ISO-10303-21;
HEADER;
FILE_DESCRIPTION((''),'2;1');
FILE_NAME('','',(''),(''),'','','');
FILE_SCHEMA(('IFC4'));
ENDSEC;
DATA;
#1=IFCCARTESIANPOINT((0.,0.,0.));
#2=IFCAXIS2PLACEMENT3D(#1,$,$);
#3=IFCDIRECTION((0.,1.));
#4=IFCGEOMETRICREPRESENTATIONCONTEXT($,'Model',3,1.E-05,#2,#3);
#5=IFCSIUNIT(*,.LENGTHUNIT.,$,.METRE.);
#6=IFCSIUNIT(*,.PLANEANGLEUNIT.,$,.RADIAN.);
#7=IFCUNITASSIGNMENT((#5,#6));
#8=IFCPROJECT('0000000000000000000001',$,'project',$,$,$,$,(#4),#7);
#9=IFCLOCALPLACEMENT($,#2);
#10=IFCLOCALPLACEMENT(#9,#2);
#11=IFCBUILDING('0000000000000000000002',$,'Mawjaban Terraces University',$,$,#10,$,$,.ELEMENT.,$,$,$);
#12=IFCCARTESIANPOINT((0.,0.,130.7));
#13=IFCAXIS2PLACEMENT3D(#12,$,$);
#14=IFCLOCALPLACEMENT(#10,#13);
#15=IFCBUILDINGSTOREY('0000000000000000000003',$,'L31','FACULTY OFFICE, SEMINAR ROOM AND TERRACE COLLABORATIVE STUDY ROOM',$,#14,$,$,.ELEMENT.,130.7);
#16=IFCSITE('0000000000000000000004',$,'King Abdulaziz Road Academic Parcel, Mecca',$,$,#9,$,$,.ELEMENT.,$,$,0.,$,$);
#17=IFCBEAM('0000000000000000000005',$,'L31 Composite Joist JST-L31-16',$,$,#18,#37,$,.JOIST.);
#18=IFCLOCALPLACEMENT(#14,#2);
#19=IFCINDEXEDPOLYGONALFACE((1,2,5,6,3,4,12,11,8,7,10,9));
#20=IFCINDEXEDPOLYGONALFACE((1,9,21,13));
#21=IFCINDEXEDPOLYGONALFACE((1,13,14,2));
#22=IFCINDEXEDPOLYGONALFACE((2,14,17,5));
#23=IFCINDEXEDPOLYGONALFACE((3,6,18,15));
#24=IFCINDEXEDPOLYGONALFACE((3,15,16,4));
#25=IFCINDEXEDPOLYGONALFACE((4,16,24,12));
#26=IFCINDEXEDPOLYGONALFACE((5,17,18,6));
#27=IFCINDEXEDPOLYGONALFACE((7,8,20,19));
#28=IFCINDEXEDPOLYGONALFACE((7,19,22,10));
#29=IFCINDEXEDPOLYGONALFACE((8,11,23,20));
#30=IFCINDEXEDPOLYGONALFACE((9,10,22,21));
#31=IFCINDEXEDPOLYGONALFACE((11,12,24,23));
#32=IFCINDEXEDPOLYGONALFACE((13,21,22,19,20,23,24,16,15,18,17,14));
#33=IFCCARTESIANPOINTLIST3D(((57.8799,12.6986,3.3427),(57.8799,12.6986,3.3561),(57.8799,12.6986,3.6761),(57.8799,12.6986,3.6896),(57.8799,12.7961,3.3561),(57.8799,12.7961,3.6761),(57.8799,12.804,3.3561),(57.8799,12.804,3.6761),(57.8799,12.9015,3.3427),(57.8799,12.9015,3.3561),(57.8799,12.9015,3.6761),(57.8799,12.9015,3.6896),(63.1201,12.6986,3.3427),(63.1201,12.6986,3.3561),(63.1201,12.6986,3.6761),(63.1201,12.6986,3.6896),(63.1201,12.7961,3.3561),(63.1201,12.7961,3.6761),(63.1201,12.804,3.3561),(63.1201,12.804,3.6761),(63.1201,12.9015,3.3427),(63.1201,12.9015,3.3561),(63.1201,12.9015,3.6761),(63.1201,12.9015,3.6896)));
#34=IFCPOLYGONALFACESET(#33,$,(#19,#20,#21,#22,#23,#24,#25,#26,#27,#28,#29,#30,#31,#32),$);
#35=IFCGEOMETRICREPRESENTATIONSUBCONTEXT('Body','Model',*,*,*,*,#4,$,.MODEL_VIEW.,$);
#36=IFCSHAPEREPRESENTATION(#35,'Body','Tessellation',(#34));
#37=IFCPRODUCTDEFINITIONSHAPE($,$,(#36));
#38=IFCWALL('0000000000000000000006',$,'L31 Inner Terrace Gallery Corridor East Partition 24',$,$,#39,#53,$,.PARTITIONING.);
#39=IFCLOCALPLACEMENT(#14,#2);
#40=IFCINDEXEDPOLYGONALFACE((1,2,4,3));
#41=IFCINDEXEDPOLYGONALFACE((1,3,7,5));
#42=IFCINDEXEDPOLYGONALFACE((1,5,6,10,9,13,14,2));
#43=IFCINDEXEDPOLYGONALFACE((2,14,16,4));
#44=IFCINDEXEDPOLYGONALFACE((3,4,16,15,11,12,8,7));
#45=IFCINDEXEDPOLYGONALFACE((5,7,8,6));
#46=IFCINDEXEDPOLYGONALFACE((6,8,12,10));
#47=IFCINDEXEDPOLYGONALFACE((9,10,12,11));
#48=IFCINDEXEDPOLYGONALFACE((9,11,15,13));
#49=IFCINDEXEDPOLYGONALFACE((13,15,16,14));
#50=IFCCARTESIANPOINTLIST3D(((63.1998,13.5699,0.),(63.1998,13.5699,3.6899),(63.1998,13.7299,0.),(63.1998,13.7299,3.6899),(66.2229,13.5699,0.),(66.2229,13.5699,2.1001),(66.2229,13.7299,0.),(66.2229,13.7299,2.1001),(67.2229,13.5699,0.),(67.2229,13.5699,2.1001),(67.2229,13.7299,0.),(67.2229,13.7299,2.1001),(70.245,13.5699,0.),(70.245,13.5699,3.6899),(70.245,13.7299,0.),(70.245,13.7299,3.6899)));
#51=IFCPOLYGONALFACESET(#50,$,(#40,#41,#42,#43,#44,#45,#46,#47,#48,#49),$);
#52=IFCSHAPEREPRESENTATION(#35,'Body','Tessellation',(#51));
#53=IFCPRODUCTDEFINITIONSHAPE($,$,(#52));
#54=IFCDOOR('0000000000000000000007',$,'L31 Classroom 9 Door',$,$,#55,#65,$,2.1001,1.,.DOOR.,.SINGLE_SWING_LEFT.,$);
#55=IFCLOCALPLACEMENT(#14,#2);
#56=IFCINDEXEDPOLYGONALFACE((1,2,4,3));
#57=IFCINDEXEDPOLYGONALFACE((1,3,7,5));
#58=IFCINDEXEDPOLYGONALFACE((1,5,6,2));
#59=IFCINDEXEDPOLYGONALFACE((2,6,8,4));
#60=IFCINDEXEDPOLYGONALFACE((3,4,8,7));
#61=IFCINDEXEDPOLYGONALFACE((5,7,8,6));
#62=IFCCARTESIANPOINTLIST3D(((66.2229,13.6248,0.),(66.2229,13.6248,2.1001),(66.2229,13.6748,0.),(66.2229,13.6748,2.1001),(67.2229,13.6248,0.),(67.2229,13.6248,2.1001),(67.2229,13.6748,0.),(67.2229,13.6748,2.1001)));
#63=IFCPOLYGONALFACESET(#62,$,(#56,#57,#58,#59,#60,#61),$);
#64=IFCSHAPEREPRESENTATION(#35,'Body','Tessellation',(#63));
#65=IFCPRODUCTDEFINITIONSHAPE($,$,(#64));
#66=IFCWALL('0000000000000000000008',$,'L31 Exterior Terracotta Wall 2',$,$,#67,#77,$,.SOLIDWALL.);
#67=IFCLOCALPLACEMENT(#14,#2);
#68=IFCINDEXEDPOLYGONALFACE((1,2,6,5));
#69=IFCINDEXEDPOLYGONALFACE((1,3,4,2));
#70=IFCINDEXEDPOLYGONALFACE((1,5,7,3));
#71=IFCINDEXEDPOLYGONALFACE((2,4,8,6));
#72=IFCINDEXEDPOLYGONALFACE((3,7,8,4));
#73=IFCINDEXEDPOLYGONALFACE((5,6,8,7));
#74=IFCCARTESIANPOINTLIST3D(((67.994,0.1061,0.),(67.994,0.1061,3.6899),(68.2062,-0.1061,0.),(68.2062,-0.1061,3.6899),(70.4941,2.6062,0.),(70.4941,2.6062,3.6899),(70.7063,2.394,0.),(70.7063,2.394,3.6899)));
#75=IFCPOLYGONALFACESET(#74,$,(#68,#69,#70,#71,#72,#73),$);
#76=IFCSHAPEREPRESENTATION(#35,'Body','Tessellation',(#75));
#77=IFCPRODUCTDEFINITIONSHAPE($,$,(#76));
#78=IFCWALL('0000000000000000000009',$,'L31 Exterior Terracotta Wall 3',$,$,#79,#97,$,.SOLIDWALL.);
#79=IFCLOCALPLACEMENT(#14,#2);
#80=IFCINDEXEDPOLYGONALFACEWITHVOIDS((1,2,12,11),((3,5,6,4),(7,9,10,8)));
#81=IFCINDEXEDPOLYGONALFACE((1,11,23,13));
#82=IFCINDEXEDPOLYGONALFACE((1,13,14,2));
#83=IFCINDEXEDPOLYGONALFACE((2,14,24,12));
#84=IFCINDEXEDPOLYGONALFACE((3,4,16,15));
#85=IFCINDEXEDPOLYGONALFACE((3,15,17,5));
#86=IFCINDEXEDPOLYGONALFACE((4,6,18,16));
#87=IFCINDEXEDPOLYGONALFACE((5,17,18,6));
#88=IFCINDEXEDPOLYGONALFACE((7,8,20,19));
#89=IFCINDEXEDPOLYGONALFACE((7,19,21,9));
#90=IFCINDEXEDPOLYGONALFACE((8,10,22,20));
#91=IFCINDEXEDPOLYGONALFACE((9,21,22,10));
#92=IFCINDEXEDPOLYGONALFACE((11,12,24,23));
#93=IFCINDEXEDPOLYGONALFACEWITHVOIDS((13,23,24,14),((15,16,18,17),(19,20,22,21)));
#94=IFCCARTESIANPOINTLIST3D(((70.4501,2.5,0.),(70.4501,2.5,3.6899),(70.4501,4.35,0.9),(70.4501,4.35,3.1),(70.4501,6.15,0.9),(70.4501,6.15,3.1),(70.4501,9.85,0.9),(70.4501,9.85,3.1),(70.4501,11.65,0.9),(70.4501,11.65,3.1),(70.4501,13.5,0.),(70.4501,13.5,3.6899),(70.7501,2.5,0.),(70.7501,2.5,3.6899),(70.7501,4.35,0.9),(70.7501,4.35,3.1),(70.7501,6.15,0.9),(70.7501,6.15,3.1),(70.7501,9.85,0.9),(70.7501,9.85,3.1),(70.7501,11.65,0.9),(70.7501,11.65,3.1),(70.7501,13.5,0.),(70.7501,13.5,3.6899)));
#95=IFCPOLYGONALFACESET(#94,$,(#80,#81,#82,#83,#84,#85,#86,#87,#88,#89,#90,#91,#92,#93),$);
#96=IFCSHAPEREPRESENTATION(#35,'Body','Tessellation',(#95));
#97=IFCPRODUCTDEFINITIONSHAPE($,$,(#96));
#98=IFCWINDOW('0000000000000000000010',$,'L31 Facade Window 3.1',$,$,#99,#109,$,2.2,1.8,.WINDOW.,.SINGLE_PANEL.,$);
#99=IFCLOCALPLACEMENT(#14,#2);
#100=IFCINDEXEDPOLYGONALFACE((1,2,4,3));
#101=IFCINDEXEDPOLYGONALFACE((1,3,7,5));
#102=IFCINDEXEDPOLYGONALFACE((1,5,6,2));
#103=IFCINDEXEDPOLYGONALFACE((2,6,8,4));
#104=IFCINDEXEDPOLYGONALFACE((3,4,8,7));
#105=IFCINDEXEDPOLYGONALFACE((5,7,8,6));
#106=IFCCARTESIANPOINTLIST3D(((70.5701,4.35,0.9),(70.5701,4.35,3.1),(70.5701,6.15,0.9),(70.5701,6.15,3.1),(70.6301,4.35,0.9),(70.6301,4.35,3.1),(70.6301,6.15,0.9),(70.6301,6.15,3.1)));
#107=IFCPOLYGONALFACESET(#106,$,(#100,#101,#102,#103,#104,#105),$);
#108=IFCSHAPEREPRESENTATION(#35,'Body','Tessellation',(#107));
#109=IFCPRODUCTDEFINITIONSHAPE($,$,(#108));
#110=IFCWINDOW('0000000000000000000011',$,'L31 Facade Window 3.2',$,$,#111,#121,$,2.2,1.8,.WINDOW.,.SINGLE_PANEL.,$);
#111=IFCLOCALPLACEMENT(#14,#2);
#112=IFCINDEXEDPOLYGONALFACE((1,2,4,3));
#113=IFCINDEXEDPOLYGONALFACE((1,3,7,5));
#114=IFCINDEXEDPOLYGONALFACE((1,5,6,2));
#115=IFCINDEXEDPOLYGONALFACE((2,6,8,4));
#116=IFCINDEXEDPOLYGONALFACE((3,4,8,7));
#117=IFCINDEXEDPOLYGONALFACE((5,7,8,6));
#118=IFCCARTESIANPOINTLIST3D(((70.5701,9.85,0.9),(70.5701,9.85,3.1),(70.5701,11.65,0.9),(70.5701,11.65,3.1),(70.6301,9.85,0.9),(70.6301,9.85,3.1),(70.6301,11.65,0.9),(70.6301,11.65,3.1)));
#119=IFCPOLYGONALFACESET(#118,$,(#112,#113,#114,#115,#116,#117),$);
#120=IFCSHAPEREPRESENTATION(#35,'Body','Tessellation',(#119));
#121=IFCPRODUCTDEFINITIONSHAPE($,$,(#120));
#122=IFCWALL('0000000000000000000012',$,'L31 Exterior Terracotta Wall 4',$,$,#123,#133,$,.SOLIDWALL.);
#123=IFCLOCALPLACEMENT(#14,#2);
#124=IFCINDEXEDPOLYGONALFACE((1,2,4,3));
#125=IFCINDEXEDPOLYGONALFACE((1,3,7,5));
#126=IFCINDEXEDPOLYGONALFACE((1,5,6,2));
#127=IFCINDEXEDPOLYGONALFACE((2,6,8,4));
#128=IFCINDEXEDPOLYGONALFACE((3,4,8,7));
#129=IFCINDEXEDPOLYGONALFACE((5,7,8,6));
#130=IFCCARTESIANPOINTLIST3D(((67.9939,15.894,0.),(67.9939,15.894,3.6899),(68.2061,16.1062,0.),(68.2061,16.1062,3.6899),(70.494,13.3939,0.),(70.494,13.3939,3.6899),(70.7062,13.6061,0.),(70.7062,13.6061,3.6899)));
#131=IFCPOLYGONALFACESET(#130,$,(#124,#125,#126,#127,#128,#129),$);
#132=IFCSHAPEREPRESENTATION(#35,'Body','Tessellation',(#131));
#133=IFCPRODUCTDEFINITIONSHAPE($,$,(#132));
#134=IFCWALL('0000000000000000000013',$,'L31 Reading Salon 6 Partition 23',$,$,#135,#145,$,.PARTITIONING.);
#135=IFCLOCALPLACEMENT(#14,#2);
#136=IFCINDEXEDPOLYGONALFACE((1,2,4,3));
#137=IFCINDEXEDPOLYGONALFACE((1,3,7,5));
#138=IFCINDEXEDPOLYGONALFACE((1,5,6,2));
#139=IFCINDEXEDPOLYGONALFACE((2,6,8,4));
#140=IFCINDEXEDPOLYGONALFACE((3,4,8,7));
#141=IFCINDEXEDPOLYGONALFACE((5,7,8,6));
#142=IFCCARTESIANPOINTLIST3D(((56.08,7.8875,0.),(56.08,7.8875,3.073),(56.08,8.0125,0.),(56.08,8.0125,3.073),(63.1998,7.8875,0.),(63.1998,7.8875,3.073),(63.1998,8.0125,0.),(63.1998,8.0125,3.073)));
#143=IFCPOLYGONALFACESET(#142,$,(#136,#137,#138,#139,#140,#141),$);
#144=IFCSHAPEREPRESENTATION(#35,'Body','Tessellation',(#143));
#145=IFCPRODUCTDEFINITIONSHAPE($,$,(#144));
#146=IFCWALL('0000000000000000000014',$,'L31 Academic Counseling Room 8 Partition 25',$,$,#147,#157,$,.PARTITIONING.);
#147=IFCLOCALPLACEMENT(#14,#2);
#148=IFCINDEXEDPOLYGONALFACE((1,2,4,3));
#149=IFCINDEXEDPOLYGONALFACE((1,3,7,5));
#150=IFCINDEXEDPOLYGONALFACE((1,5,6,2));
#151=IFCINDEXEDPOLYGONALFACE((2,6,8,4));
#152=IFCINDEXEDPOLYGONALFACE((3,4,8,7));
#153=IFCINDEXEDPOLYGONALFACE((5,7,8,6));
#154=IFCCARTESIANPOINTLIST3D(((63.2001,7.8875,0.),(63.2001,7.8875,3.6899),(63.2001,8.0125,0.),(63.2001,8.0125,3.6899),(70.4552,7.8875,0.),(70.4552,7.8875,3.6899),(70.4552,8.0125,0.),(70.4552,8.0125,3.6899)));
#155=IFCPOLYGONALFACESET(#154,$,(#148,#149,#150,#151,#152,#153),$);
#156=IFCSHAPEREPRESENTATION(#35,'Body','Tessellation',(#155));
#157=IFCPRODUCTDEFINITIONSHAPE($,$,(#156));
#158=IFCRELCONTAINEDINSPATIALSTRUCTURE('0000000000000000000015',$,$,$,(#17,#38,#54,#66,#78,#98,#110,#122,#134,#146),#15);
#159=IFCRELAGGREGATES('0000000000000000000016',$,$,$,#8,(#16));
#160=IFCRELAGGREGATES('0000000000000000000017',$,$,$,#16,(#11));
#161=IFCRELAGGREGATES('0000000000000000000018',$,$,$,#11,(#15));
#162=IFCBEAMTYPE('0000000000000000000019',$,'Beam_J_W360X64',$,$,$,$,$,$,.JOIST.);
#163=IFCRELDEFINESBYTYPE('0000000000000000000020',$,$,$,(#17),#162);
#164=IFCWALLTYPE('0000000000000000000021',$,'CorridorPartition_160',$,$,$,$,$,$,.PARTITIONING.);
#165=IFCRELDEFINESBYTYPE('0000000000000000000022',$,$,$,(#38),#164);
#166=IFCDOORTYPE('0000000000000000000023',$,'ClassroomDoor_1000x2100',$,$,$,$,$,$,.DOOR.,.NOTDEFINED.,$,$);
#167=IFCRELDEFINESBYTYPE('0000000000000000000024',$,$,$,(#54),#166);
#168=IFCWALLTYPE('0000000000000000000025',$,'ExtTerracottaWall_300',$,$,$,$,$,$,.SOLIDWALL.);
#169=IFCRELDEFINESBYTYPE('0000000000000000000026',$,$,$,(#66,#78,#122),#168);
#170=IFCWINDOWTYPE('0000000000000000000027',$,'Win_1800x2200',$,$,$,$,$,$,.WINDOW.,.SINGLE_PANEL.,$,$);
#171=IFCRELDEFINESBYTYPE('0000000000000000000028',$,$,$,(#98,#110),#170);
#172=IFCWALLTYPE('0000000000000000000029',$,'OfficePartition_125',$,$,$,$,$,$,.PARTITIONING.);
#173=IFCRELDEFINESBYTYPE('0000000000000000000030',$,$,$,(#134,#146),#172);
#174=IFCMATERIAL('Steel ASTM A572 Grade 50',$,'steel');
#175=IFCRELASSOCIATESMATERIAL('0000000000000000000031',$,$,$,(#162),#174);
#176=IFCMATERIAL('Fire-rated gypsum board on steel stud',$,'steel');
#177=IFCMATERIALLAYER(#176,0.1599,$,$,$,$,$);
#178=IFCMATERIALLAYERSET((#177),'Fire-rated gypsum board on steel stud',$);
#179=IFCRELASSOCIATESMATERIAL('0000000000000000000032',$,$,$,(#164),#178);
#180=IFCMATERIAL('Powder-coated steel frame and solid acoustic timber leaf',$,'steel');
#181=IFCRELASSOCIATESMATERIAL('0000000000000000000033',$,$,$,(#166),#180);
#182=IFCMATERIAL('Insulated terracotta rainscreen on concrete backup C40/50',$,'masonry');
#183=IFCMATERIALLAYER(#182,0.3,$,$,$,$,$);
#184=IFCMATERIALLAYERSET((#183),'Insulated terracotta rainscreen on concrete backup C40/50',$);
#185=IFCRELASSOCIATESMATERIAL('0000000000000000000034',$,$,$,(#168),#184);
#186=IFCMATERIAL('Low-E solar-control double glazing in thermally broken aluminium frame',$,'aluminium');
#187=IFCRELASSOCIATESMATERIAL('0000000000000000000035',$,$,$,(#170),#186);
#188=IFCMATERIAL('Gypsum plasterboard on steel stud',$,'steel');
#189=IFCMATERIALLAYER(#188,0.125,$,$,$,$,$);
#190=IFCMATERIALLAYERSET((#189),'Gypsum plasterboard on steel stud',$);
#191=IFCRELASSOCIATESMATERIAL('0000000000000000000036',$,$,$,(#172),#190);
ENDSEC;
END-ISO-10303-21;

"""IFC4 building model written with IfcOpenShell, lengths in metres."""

from ifc_helpers import new_model, si_unit, direction, frame, frame_2d, origin, origin_2d, place, context, subcontext, project, spatial, rectangle, i_section, extrude, material, layer, layer_set, material_profile, profile_set, type_object, element, fill, save


model = new_model("IFC4")

# Units and contexts
model_context = context("Model", 3, precision=1e-05, world=origin(), true_north=direction((0.0, 1.0)))
body_context = subcontext(model_context, "Body", "Model", "MODEL_VIEW")
ifc_project = project(units=[si_unit("LENGTHUNIT", "METRE"), si_unit("PLANEANGLEUNIT", "RADIAN")], contexts=[model_context])

# Site, building, storey
site_placement = place(None, origin())
site = spatial("IfcSite", under=ifc_project, at=site_placement, Name="King Abdulaziz Road Academic Parcel, Mecca", CompositionType="ELEMENT", RefElevation=0.0)
building_placement = place(site_placement, origin())
building = spatial("IfcBuilding", under=site, at=building_placement, Name="Mawjaban Terraces University", CompositionType="ELEMENT")
storey_placement = place(building_placement, frame((0.0, 0.0, 130.7)))
storey = spatial("IfcBuildingStorey", under=building, at=storey_placement, Name="L31", Description="FACULTY OFFICE, SEMINAR ROOM AND TERRACE COLLABORATIVE STUDY ROOM", CompositionType="ELEMENT", Elevation=130.7)

# Beam
ifc_material_1 = material(Name="Steel ASTM A572 Grade 50", Category="steel")
ifc_material_profile_1 = material_profile(ifc_material_1, i_section(OverallWidth=0.2029, OverallDepth=0.3469, WebThickness=0.0078, FlangeThickness=0.0134, at=origin_2d()), Name="W360X64")
ifc_profile_set_1 = profile_set([ifc_material_profile_1], Name="Steel ASTM A572 Grade 50")
beam_type_1 = type_object("IfcBeamType", Name="Beam_J_W360X64", PredefinedType="JOIST", material=ifc_profile_set_1)
for number, where, z_axis, x_axis, name in (
    (1, (57.8799, 12.8, 3.5161), (1.0, 0.0, 0.0), (0.0, 1.0, 0.0), "L31 Composite Joist JST-L31-16"),
):
    element("IfcBeam", number, at=place(storey_placement, frame(where, z_axis=z_axis, x_axis=x_axis)), inside=storey, type_object=beam_type_1, Name=name, PredefinedType="JOIST", context=body_context, shape_type="SweptSolid", body=[
        extrude(i_section(OverallWidth=0.2029, OverallDepth=0.3469, WebThickness=0.0078, FlangeThickness=0.0134, at=origin_2d()), origin(), (0.0, 0.0, 1.0), 5.2402),
    ])

# Wall, opening, door
ifc_material_2 = material(Name="Fire-rated gypsum board on steel stud", Category="steel")
ifc_layer_1 = layer(ifc_material_2, 0.1599)
ifc_layer_set_1 = layer_set([ifc_layer_1], Name="Fire-rated gypsum board on steel stud")
wall_type_1 = type_object("IfcWallType", Name="CorridorPartition_160", PredefinedType="PARTITIONING", material=ifc_layer_set_1)
wall_1_placement = place(storey_placement, frame((63.2, 13.6499, 0.0), z_axis=(0.0, 0.0, 1.0), x_axis=(1.0, 0.0, 0.0)))
wall_1 = element("IfcWall", 2, at=wall_1_placement, inside=storey, type_object=wall_type_1, Name="L31 Inner Terrace Gallery Corridor East Partition 24", PredefinedType="PARTITIONING", context=body_context, shape_type="SweptSolid", body=[
    extrude(rectangle(XDim=7.0452, YDim=0.1599, at=frame_2d((3.5225, 0.0))), origin(), (0.0, 0.0, 1.0), 3.6899),
])
opening_1_placement = place(wall_1_placement, frame((3.0229, 0.0, 0.0)))
opening_1 = element("IfcOpeningElement", 3, at=opening_1_placement, cuts=wall_1, PredefinedType="OPENING", context=body_context, shape_type="SweptSolid", body=[
    extrude(rectangle(XDim=1.0, YDim=2.1001, at=frame_2d((0.5, 1.05))), frame((0.0, 0.0898, 0.0), z_axis=(0.0, -1.0, 0.0), x_axis=(1.0, 0.0, 0.0)), (0.0, 0.0, 1.0), 0.1799),
])
ifc_material_3 = material(Name="Powder-coated steel frame and solid acoustic timber leaf", Category="steel")
door_type_1 = type_object("IfcDoorType", Name="ClassroomDoor_1000x2100", OperationType="NOTDEFINED", PredefinedType="DOOR", material=ifc_material_3)
door_1_placement = place(opening_1_placement, origin())
door_1 = element("IfcDoor", 4, at=door_1_placement, inside=storey, type_object=door_type_1, Name="L31 Classroom 9 Door", OperationType="SINGLE_SWING_LEFT", OverallHeight=2.1001, OverallWidth=1.0, PredefinedType="DOOR", context=body_context, shape_type="SweptSolid", body=[
    extrude(rectangle(XDim=1.0, YDim=2.1001, at=frame_2d((0.5, 1.05))), frame((0.0, 0.0249, 0.0), z_axis=(0.0, -1.0, 0.0), x_axis=(1.0, 0.0, 0.0)), (0.0, 0.0, 1.0), 0.05),
])
fill(opening_1, door_1)

# Wall
ifc_material_4 = material(Name="Insulated terracotta rainscreen on concrete backup C40/50", Category="masonry")
ifc_layer_2 = layer(ifc_material_4, 0.3)
ifc_layer_set_2 = layer_set([ifc_layer_2], Name="Insulated terracotta rainscreen on concrete backup C40/50")
wall_type_2 = type_object("IfcWallType", Name="ExtTerracottaWall_300", PredefinedType="SOLIDWALL", material=ifc_layer_set_2)
wall_2_placement = place(storey_placement, frame((68.1001, 0.0, 0.0), z_axis=(0.0, 0.0, 1.0), x_axis=(0.707107, 0.707107, 0.0)))
element("IfcWall", 5, at=wall_2_placement, inside=storey, type_object=wall_type_2, Name="L31 Exterior Terracotta Wall 2", PredefinedType="SOLIDWALL", context=body_context, shape_type="SweptSolid", body=[
    extrude(rectangle(XDim=3.5356, YDim=0.3, at=frame_2d((1.7678, 0.0))), origin(), (0.0, 0.0, 1.0), 3.6899),
])

# Wall, openings, windows
wall_3_placement = place(storey_placement, frame((70.6001, 2.5, 0.0), z_axis=(0.0, 0.0, 1.0), x_axis=(0.0, 1.0, 0.0)))
wall_3 = element("IfcWall", 6, at=wall_3_placement, inside=storey, type_object=wall_type_2, Name="L31 Exterior Terracotta Wall 3", PredefinedType="SOLIDWALL", context=body_context, shape_type="SweptSolid", body=[
    extrude(rectangle(XDim=11.0, YDim=0.3, at=frame_2d((5.5, 0.0))), origin(), (0.0, 0.0, 1.0), 3.6899),
])
opening_2_placement = place(wall_3_placement, frame((1.8501, 0.0, 0.8999)))
opening_2 = element("IfcOpeningElement", 7, at=opening_2_placement, cuts=wall_3, PredefinedType="OPENING", context=body_context, shape_type="SweptSolid", body=[
    extrude(rectangle(XDim=1.8, YDim=2.2, at=frame_2d((0.8999, 1.1001))), frame((0.0, 0.1599, 0.0), z_axis=(0.0, -1.0, 0.0), x_axis=(1.0, 0.0, 0.0)), (0.0, 0.0, 1.0), 0.3201),
])
opening_3_placement = place(wall_3_placement, frame((7.3501, 0.0, 0.8999)))
opening_3 = element("IfcOpeningElement", 8, at=opening_3_placement, cuts=wall_3, PredefinedType="OPENING", context=body_context, shape_type="SweptSolid", body=[
    extrude(rectangle(XDim=1.8, YDim=2.2, at=frame_2d((0.8999, 1.1001))), frame((0.0, 0.1599, 0.0), z_axis=(0.0, -1.0, 0.0), x_axis=(1.0, 0.0, 0.0)), (0.0, 0.0, 1.0), 0.3201),
])
ifc_material_5 = material(Name="Low-E solar-control double glazing in thermally broken aluminium frame", Category="aluminium")
window_type = type_object("IfcWindowType", Name="Win_1800x2200", PartitioningType="SINGLE_PANEL", PredefinedType="WINDOW", material=ifc_material_5)
window_1_placement = place(opening_2_placement, origin())
window_1 = element("IfcWindow", 9, at=window_1_placement, inside=storey, type_object=window_type, Name="L31 Facade Window 3.1", OverallHeight=2.2, OverallWidth=1.8, PartitioningType="SINGLE_PANEL", PredefinedType="WINDOW", context=body_context, shape_type="SweptSolid", body=[
    extrude(rectangle(XDim=1.8, YDim=2.2, at=frame_2d((0.8999, 1.1001))), frame((0.0, 0.03, 0.0), z_axis=(0.0, -1.0, 0.0), x_axis=(1.0, 0.0, 0.0)), (0.0, 0.0, 1.0), 0.0601),
])
fill(opening_2, window_1)
window_2_placement = place(opening_3_placement, origin())
window_2 = element("IfcWindow", 10, at=window_2_placement, inside=storey, type_object=window_type, Name="L31 Facade Window 3.2", OverallHeight=2.2, OverallWidth=1.8, PartitioningType="SINGLE_PANEL", PredefinedType="WINDOW", context=body_context, shape_type="SweptSolid", body=[
    extrude(rectangle(XDim=1.8, YDim=2.2, at=frame_2d((0.8999, 1.1001))), frame((0.0, 0.03, 0.0), z_axis=(0.0, -1.0, 0.0), x_axis=(1.0, 0.0, 0.0)), (0.0, 0.0, 1.0), 0.0601),
])
fill(opening_3, window_2)

# Walls
wall_4_placement = place(storey_placement, frame((70.6001, 13.5, 0.0), z_axis=(0.0, 0.0, 1.0), x_axis=(-0.707107, 0.707107, 0.0)))
element("IfcWall", 11, at=wall_4_placement, inside=storey, type_object=wall_type_2, Name="L31 Exterior Terracotta Wall 4", PredefinedType="SOLIDWALL", context=body_context, shape_type="SweptSolid", body=[
    extrude(rectangle(XDim=3.5356, YDim=0.3, at=frame_2d((1.7678, 0.0))), origin(), (0.0, 0.0, 1.0), 3.6899),
])
ifc_material_6 = material(Name="Gypsum plasterboard on steel stud", Category="steel")
ifc_layer_3 = layer(ifc_material_6, 0.125)
ifc_layer_set_3 = layer_set([ifc_layer_3], Name="Gypsum plasterboard on steel stud")
wall_type_3 = type_object("IfcWallType", Name="OfficePartition_125", PredefinedType="PARTITIONING", material=ifc_layer_set_3)
wall_5_placement = place(storey_placement, frame((63.2, 7.95, 0.0), z_axis=(0.0, 0.0, 1.0), x_axis=(-1.0, 0.0, 0.0)))
element("IfcWall", 12, at=wall_5_placement, inside=storey, type_object=wall_type_3, Name="L31 Reading Salon 6 Partition 23", PredefinedType="PARTITIONING", context=body_context, shape_type="SweptSolid", body=[
    extrude(rectangle(XDim=7.1199, YDim=0.125, at=frame_2d((3.5601, 0.0))), origin(), (0.0, 0.0, 1.0), 3.073),
])
wall_6_placement = place(storey_placement, frame((70.4551, 7.95, 0.0), z_axis=(0.0, 0.0, 1.0), x_axis=(-1.0, 0.0, 0.0)))
element("IfcWall", 13, at=wall_6_placement, inside=storey, type_object=wall_type_3, Name="L31 Academic Counseling Room 8 Partition 25", PredefinedType="PARTITIONING", context=body_context, shape_type="SweptSolid", body=[
    extrude(rectangle(XDim=7.2551, YDim=0.125, at=frame_2d((3.6274, 0.0))), origin(), (0.0, 0.0, 1.0), 3.6899),
])

save(model, "model.ifc")
